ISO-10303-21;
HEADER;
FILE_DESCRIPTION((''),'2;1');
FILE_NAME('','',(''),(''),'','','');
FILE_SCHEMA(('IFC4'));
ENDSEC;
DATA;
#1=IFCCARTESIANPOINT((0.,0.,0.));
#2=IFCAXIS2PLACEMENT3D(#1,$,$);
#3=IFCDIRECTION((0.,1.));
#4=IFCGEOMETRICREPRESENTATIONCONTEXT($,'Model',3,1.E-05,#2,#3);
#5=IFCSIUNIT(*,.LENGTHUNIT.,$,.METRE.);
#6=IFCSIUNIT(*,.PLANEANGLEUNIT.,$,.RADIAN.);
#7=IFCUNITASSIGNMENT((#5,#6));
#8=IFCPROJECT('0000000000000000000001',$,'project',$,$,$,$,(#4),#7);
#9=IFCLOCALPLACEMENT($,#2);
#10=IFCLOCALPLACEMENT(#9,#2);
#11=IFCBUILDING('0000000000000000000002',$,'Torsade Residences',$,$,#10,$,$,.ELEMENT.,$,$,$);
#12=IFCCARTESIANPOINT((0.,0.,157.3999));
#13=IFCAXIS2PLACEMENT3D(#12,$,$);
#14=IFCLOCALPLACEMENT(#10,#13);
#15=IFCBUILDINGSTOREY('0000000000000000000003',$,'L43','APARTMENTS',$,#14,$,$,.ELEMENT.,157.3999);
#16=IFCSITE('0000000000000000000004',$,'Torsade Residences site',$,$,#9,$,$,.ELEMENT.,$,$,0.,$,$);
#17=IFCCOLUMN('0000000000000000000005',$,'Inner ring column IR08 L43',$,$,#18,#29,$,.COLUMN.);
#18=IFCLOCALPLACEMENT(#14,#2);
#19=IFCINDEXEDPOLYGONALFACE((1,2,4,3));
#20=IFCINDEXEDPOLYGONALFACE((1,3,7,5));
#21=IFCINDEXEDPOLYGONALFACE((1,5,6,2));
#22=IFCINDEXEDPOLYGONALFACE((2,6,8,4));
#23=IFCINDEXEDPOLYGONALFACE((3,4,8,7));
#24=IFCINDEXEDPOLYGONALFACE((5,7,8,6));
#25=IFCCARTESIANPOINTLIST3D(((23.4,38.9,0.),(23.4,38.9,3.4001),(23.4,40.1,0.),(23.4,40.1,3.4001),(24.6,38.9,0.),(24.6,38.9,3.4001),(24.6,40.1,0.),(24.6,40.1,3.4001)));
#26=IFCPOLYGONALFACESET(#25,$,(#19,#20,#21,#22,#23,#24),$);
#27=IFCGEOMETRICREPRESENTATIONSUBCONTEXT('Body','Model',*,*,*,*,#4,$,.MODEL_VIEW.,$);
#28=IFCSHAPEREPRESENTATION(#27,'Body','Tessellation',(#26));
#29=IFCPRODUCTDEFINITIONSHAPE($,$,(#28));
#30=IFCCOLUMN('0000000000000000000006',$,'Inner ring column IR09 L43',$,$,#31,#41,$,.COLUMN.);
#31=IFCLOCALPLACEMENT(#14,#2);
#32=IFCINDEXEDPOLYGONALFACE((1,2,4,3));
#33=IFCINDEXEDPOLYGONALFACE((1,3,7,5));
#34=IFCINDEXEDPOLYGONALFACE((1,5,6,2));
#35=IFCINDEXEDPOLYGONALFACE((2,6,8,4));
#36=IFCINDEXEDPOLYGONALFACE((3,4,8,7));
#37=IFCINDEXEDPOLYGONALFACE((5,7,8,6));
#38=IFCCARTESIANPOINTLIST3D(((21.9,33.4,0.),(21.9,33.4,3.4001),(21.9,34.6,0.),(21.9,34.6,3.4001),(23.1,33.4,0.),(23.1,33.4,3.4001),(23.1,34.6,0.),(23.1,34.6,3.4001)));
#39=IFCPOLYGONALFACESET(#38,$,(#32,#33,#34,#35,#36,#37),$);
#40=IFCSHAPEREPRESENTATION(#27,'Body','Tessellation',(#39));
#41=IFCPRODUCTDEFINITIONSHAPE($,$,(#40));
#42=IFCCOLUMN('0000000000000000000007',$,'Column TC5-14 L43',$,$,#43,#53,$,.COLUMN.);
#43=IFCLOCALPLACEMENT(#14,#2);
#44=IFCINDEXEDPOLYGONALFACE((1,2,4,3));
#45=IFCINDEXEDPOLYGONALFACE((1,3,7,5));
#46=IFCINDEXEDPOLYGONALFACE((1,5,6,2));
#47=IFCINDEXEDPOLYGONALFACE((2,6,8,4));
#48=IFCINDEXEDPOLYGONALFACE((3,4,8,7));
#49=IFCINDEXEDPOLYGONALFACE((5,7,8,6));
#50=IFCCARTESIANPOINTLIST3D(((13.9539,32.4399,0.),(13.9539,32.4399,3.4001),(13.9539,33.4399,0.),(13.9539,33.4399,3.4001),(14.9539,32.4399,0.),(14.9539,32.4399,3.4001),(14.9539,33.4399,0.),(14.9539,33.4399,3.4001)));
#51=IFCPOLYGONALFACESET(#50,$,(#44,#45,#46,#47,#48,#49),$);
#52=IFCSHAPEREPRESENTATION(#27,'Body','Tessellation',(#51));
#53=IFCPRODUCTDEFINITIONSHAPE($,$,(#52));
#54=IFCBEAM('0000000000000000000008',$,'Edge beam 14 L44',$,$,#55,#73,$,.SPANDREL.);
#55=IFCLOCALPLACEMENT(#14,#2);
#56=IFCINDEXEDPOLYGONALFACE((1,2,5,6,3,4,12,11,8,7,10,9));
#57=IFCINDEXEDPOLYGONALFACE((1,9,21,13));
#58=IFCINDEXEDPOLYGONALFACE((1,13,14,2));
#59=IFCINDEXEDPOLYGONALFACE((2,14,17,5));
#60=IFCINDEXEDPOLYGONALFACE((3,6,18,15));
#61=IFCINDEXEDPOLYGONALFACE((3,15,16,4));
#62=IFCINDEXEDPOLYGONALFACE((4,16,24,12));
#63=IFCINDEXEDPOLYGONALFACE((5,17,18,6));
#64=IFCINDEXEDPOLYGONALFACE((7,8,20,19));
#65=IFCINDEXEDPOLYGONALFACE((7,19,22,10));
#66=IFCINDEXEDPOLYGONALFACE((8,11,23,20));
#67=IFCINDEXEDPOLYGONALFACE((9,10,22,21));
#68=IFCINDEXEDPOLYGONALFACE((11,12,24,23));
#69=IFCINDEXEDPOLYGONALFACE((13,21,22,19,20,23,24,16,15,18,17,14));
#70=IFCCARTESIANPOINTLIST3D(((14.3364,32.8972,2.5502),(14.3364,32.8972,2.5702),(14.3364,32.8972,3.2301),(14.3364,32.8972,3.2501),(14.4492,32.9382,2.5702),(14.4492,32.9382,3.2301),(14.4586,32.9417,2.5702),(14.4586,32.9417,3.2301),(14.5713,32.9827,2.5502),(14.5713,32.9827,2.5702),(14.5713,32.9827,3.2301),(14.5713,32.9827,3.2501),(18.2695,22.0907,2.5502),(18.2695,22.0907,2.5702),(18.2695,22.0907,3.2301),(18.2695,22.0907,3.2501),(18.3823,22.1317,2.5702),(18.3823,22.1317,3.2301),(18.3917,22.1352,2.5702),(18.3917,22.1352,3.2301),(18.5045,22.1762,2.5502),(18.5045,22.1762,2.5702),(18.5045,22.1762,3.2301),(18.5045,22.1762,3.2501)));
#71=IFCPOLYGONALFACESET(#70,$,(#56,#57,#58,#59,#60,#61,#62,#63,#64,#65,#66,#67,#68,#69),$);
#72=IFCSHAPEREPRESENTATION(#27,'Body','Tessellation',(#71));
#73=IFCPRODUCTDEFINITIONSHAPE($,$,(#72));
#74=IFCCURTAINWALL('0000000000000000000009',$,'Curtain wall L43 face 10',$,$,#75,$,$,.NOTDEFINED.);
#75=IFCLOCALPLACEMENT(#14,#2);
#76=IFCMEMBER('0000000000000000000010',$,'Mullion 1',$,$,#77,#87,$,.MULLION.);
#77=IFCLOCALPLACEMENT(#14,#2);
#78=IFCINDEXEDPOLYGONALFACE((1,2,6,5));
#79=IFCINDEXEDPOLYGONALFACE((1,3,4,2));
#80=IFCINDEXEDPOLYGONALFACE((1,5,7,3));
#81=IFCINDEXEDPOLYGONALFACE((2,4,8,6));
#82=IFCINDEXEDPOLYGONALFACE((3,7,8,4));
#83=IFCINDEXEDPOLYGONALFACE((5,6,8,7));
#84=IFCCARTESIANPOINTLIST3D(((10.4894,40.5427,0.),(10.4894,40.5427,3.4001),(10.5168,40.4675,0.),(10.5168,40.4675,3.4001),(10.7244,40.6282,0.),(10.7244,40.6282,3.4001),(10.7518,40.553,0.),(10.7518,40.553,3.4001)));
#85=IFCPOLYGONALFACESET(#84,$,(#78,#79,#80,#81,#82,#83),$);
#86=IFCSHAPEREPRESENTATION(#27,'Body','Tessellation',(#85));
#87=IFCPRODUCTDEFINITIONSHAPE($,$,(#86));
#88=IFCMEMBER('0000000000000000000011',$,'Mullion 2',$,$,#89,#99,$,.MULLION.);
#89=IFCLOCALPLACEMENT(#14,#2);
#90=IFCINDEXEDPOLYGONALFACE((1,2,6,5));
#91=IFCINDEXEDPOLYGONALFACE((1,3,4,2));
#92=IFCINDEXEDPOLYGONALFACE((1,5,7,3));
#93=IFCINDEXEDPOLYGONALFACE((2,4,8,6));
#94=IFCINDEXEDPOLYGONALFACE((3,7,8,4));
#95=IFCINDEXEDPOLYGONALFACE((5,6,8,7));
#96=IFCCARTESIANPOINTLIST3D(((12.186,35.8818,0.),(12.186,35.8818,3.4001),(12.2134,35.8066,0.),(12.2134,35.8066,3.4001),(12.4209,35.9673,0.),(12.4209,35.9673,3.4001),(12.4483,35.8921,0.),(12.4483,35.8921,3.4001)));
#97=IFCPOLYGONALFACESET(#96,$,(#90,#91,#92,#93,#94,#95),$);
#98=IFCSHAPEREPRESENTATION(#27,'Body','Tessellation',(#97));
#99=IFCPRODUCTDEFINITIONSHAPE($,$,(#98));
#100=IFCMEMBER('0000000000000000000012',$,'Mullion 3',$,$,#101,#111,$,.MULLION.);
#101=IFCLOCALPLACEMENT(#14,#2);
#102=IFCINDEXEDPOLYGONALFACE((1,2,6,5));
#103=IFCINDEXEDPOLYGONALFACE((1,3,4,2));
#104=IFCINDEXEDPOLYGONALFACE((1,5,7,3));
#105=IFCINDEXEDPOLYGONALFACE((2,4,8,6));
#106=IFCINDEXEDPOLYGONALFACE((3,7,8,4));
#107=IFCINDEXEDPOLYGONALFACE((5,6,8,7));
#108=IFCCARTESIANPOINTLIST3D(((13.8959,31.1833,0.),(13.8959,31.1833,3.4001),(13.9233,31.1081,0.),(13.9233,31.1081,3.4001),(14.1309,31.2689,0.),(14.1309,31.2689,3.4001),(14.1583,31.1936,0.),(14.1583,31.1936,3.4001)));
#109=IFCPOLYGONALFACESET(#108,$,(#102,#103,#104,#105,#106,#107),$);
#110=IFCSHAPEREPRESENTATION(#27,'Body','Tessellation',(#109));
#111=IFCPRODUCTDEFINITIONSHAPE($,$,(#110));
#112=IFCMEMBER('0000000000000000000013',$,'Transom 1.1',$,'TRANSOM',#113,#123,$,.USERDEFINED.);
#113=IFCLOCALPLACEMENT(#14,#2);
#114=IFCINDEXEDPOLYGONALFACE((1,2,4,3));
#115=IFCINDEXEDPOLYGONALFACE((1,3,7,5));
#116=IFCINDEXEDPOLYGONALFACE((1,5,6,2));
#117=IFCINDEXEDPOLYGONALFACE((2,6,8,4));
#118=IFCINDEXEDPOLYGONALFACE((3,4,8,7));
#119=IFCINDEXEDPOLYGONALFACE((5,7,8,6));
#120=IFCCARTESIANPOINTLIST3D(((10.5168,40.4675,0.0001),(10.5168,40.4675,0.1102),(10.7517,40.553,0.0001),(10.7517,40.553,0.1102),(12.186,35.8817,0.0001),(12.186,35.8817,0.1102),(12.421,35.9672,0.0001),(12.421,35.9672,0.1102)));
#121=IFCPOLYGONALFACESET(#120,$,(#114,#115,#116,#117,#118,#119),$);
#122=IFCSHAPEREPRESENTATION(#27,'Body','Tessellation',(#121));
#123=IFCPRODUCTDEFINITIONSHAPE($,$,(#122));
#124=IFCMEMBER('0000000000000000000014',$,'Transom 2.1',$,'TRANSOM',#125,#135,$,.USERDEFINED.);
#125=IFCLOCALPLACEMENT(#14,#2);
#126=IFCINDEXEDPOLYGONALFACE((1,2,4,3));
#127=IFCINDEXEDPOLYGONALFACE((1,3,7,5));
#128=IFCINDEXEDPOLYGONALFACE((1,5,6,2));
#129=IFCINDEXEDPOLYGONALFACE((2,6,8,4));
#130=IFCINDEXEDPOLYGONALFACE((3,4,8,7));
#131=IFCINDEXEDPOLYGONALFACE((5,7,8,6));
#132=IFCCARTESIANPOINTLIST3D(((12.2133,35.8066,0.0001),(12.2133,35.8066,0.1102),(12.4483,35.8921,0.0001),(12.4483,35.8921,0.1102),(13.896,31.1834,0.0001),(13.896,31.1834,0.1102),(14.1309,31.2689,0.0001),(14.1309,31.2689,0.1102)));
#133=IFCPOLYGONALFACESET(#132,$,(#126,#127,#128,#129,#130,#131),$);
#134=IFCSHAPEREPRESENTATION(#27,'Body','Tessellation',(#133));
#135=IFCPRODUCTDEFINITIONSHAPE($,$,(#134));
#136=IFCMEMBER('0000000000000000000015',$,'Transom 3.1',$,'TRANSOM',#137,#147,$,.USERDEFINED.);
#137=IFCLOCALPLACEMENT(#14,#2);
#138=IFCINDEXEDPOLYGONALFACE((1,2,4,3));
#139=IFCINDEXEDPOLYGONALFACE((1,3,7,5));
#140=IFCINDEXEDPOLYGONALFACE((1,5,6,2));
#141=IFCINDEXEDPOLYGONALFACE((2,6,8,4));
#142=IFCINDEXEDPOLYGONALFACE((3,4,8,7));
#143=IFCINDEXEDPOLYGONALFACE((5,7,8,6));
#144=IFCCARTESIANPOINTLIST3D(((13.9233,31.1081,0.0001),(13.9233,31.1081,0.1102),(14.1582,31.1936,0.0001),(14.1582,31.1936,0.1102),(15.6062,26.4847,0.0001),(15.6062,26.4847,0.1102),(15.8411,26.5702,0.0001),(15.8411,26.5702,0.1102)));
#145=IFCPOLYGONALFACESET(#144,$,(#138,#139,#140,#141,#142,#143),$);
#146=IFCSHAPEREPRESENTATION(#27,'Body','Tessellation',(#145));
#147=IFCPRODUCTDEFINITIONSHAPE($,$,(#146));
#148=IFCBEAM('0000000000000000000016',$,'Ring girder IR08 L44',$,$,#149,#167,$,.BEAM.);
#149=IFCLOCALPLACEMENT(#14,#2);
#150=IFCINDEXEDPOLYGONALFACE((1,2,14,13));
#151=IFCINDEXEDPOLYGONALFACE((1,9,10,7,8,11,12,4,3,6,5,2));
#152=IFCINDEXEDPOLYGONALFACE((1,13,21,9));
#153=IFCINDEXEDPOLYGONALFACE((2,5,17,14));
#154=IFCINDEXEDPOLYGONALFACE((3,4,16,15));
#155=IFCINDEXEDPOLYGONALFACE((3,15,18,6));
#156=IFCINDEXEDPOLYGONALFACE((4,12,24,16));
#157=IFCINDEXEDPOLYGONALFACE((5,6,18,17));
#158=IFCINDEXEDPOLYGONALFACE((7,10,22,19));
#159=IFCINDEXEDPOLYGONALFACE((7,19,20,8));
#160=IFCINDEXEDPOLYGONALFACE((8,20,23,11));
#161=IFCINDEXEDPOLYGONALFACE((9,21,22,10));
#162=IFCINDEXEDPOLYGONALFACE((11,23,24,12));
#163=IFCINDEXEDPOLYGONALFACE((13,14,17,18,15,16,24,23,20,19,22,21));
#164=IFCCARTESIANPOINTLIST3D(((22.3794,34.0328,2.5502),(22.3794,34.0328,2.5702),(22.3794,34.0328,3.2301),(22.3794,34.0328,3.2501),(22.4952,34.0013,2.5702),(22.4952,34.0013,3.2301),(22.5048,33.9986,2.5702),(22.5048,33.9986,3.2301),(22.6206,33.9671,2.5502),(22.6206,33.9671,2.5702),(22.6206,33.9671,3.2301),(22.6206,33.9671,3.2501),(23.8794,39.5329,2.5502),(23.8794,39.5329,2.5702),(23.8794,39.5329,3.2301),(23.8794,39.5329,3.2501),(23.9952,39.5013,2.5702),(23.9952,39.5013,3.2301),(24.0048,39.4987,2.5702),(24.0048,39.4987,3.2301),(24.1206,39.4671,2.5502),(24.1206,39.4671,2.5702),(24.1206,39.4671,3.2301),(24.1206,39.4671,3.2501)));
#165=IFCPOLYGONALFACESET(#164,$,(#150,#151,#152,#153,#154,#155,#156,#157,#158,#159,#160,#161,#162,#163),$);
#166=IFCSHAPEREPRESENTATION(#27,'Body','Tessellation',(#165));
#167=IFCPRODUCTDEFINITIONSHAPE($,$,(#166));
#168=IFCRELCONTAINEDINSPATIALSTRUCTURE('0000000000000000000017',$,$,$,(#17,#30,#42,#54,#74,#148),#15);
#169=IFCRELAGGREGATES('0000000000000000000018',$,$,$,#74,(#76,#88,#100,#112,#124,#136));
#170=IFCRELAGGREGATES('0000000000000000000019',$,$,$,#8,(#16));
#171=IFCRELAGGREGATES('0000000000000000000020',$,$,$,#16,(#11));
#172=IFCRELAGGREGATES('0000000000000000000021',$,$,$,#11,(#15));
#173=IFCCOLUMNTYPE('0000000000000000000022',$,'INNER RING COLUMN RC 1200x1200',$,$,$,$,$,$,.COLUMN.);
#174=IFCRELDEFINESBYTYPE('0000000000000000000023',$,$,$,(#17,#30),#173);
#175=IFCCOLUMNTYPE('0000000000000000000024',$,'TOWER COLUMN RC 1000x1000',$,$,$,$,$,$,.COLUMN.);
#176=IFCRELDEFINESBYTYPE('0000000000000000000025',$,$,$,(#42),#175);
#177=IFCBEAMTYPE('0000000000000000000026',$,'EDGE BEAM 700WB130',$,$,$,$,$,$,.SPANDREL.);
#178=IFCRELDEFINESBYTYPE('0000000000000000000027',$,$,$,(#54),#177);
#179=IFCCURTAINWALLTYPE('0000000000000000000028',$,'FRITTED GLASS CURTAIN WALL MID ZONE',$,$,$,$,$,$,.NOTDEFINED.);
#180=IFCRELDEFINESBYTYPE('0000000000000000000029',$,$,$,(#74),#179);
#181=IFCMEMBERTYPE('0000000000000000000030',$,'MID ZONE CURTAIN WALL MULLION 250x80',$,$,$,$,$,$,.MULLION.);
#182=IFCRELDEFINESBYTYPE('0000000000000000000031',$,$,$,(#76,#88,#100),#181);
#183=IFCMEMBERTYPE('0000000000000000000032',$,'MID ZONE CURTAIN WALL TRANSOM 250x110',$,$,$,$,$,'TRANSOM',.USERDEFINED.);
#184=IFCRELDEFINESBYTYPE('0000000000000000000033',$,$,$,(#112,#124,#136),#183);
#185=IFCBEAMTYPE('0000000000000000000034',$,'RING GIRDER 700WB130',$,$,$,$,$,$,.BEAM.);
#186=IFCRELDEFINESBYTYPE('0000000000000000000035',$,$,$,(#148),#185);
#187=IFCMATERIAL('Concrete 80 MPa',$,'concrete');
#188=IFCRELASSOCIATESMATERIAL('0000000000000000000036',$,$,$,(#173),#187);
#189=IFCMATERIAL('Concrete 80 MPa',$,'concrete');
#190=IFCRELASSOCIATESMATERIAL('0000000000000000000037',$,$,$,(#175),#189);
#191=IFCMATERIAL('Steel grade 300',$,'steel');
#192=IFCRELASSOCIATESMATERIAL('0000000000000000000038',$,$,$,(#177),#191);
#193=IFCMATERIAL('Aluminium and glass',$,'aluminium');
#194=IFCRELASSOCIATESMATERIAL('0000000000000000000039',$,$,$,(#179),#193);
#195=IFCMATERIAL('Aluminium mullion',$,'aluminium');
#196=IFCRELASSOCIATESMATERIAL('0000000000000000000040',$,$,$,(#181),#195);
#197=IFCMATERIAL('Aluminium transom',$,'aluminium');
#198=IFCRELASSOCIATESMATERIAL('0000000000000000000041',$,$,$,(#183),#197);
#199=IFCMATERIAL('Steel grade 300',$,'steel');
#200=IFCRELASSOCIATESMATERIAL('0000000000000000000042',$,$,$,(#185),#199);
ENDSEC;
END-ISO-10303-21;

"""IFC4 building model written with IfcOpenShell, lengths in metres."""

from ifc_helpers import new_model, si_unit, direction, frame, origin, origin_2d, place, context, subcontext, project, spatial, rectangle, i_section, extrude, material, material_profile, profile_set, type_object, element, aggregate, save


model = new_model("IFC4")

# Units and contexts
model_context = context("Model", 3, precision=1e-05, world=origin(), true_north=direction((0.0, 1.0)))
body_context = subcontext(model_context, "Body", "Model", "MODEL_VIEW")
ifc_project = project(units=[si_unit("LENGTHUNIT", "METRE"), si_unit("PLANEANGLEUNIT", "RADIAN")], contexts=[model_context])

# Site, building, storey
site_placement = place(None, origin())
site = spatial("IfcSite", under=ifc_project, at=site_placement, Name="Torsade Residences site", CompositionType="ELEMENT", RefElevation=0.0)
building_placement = place(site_placement, origin())
building = spatial("IfcBuilding", under=site, at=building_placement, Name="Torsade Residences", CompositionType="ELEMENT")
storey_placement = place(building_placement, frame((0.0, 0.0, 157.3999)))
storey = spatial("IfcBuildingStorey", under=building, at=storey_placement, Name="L43", Description="APARTMENTS", CompositionType="ELEMENT", Elevation=157.3999)

# Columns
ifc_material_1 = material(Name="Concrete 80 MPa", Category="concrete")
ifc_material_profile_1 = material_profile(ifc_material_1, rectangle(XDim=1.2, YDim=1.2, at=origin_2d()), Name="RC 1200x1200")
ifc_profile_set_1 = profile_set([ifc_material_profile_1], Name="Concrete 80 MPa")
column_type_1 = type_object("IfcColumnType", Name="INNER RING COLUMN RC 1200x1200", PredefinedType="COLUMN", material=ifc_profile_set_1)
for number, where, z_axis, x_axis, name in (
    (1, (24.0, 39.5, 0.0), (0.0, 0.0, 1.0), (1.0, 0.0, 0.0), "Inner ring column IR08 L43"),
    (2, (22.5, 34.0, 0.0), (0.0, 0.0, 1.0), (1.0, 0.0, 0.0), "Inner ring column IR09 L43"),
):
    element("IfcColumn", number, at=place(storey_placement, frame(where, z_axis=z_axis, x_axis=x_axis)), inside=storey, type_object=column_type_1, Name=name, PredefinedType="COLUMN", context=body_context, shape_type="SweptSolid", body=[
        extrude(rectangle(XDim=1.2, YDim=1.2, at=origin_2d()), origin(), (0.0, 0.0, 1.0), 3.4001),
    ])
ifc_material_2 = material(Name="Concrete 80 MPa", Category="concrete")
ifc_material_profile_2 = material_profile(ifc_material_2, rectangle(XDim=1.0, YDim=1.0, at=origin_2d()), Name="RC 1000x1000")
ifc_profile_set_2 = profile_set([ifc_material_profile_2], Name="Concrete 80 MPa")
column_type_2 = type_object("IfcColumnType", Name="TOWER COLUMN RC 1000x1000", PredefinedType="COLUMN", material=ifc_profile_set_2)
column_placement = place(storey_placement, frame((14.4539, 32.9399, 0.0), z_axis=(0.0, 0.0, 1.0), x_axis=(1.0, 0.0, 0.0)))
element("IfcColumn", 3, at=column_placement, inside=storey, type_object=column_type_2, Name="Column TC5-14 L43", PredefinedType="COLUMN", context=body_context, shape_type="SweptSolid", body=[
    extrude(rectangle(XDim=1.0, YDim=1.0, at=origin_2d()), origin(), (0.0, 0.0, 1.0), 3.4001),
])

# Beam
ifc_material_3 = material(Name="Steel grade 300", Category="steel")
ifc_material_profile_3 = material_profile(ifc_material_3, i_section(OverallWidth=0.25, OverallDepth=0.7, WebThickness=0.01, FlangeThickness=0.02, at=origin_2d()), Name="700WB130")
ifc_profile_set_3 = profile_set([ifc_material_profile_3], Name="Steel grade 300")
beam_type_1 = type_object("IfcBeamType", Name="EDGE BEAM 700WB130", PredefinedType="SPANDREL", material=ifc_profile_set_3)
beam_1_placement = place(storey_placement, frame((14.4539, 32.9399, 2.9001), z_axis=(0.342012, -0.939695, 0.0), x_axis=(0.939695, 0.342012, 0.0)))
element("IfcBeam", 4, at=beam_1_placement, inside=storey, type_object=beam_type_1, Name="Edge beam 14 L44", PredefinedType="SPANDREL", context=body_context, shape_type="SweptSolid", body=[
    extrude(i_section(OverallWidth=0.25, OverallDepth=0.7, WebThickness=0.01, FlangeThickness=0.02, at=origin_2d()), origin(), (0.0, 0.0, 1.0), 11.5),
])

# Curtain wall, members
ifc_material_4 = material(Name="Aluminium and glass", Category="aluminium")
curtain_wall_type = type_object("IfcCurtainWallType", Name="FRITTED GLASS CURTAIN WALL MID ZONE", PredefinedType="NOTDEFINED", material=ifc_material_4)
curtain_wall_placement = place(storey_placement, origin())
curtain_wall = element("IfcCurtainWall", 5, at=curtain_wall_placement, inside=storey, type_object=curtain_wall_type, Name="Curtain wall L43 face 10", PredefinedType="NOTDEFINED")
ifc_material_5 = material(Name="Aluminium mullion", Category="aluminium")
ifc_material_profile_4 = material_profile(ifc_material_5, rectangle(XDim=0.25, YDim=0.0801, at=origin_2d()), Name="MID ZONE CURTAIN WALL MULLION 250x80")
ifc_profile_set_4 = profile_set([ifc_material_profile_4], Name="Aluminium mullion")
member_type_1 = type_object("IfcMemberType", Name="MID ZONE CURTAIN WALL MULLION 250x80", PredefinedType="MULLION", material=ifc_profile_set_4)
member_1_placement = place(storey_placement, frame((10.6206, 40.5479, 0.0), z_axis=(0.0, 0.0, 1.0), x_axis=(0.939693, 0.34202, 0.0)))
member_1 = element("IfcMember", 6, at=member_1_placement, type_object=member_type_1, Name="Mullion 1", PredefinedType="MULLION", context=body_context, shape_type="SweptSolid", body=[
    extrude(rectangle(XDim=0.25, YDim=0.0801, at=origin_2d()), origin(), (0.0, 0.0, 1.0), 3.4001),
])
member_2_placement = place(storey_placement, frame((12.3171, 35.887, 0.0), z_axis=(0.0, 0.0, 1.0), x_axis=(0.939693, 0.34202, 0.0)))
member_2 = element("IfcMember", 7, at=member_2_placement, type_object=member_type_1, Name="Mullion 2", PredefinedType="MULLION", context=body_context, shape_type="SweptSolid", body=[
    extrude(rectangle(XDim=0.25, YDim=0.0801, at=origin_2d()), origin(), (0.0, 0.0, 1.0), 3.4001),
])
member_3_placement = place(storey_placement, frame((14.0271, 31.1885, 0.0), z_axis=(0.0, 0.0, 1.0), x_axis=(0.939693, 0.34202, 0.0)))
member_3 = element("IfcMember", 8, at=member_3_placement, type_object=member_type_1, Name="Mullion 3", PredefinedType="MULLION", context=body_context, shape_type="SweptSolid", body=[
    extrude(rectangle(XDim=0.25, YDim=0.0801, at=origin_2d()), origin(), (0.0, 0.0, 1.0), 3.4001),
])
ifc_material_6 = material(Name="Aluminium transom", Category="aluminium")
ifc_material_profile_5 = material_profile(ifc_material_6, rectangle(XDim=0.25, YDim=0.1101, at=origin_2d()), Name="MID ZONE CURTAIN WALL TRANSOM 250x110")
ifc_profile_set_5 = profile_set([ifc_material_profile_5], Name="Aluminium transom")
member_type_2 = type_object("IfcMemberType", Name="MID ZONE CURTAIN WALL TRANSOM 250x110", ElementType="TRANSOM", PredefinedType="USERDEFINED", material=ifc_profile_set_5)
member_4_placement = place(storey_placement, frame((10.6343, 40.5103, 0.0552), z_axis=(0.342044, -0.939684, 0.0), x_axis=(0.939684, 0.342044, 0.0)))
member_4 = element("IfcMember", 9, at=member_4_placement, type_object=member_type_2, Name="Transom 1.1", ObjectType="TRANSOM", PredefinedType="USERDEFINED", context=body_context, shape_type="SweptSolid", body=[
    extrude(rectangle(XDim=0.25, YDim=0.1101, at=origin_2d()), origin(), (0.0, 0.0, 1.0), 4.8801),
])
member_5_placement = place(storey_placement, frame((12.3308, 35.8494, 0.0552), z_axis=(0.341998, -0.939701, 0.0), x_axis=(0.939701, 0.341998, 0.0)))
member_5 = element("IfcMember", 10, at=member_5_placement, type_object=member_type_2, Name="Transom 2.1", ObjectType="TRANSOM", PredefinedType="USERDEFINED", context=body_context, shape_type="SweptSolid", body=[
    extrude(rectangle(XDim=0.25, YDim=0.1101, at=origin_2d()), origin(), (0.0, 0.0, 1.0), 4.9199),
])
member_6_placement = place(storey_placement, frame((14.0408, 31.1509, 0.0552), z_axis=(0.342042, -0.939685, 0.0), x_axis=(0.939685, 0.342042, 0.0)))
member_6 = element("IfcMember", 11, at=member_6_placement, type_object=member_type_2, Name="Transom 3.1", ObjectType="TRANSOM", PredefinedType="USERDEFINED", context=body_context, shape_type="SweptSolid", body=[
    extrude(rectangle(XDim=0.25, YDim=0.1101, at=origin_2d()), origin(), (0.0, 0.0, 1.0), 4.9202),
])

# Beam
ifc_material_7 = material(Name="Steel grade 300", Category="steel")
ifc_material_profile_6 = material_profile(ifc_material_7, i_section(OverallWidth=0.25, OverallDepth=0.7, WebThickness=0.01, FlangeThickness=0.02, at=origin_2d()), Name="700WB130")
ifc_profile_set_6 = profile_set([ifc_material_profile_6], Name="Steel grade 300")
beam_type_2 = type_object("IfcBeamType", Name="RING GIRDER 700WB130", PredefinedType="BEAM", material=ifc_profile_set_6)
beam_2_placement = place(storey_placement, frame((24.0, 39.5, 2.9001), z_axis=(-0.263117, -0.964764, 0.0), x_axis=(0.964764, -0.263117, 0.0)))
element("IfcBeam", 12, at=beam_2_placement, inside=storey, type_object=beam_type_2, Name="Ring girder IR08 L44", PredefinedType="BEAM", context=body_context, shape_type="SweptSolid", body=[
    extrude(i_section(OverallWidth=0.25, OverallDepth=0.7, WebThickness=0.01, FlangeThickness=0.02, at=origin_2d()), origin(), (0.0, 0.0, 1.0), 5.7009),
])

aggregate(curtain_wall, [member_1, member_2, member_3, member_4, member_5, member_6])

save(model, "model.ifc")
